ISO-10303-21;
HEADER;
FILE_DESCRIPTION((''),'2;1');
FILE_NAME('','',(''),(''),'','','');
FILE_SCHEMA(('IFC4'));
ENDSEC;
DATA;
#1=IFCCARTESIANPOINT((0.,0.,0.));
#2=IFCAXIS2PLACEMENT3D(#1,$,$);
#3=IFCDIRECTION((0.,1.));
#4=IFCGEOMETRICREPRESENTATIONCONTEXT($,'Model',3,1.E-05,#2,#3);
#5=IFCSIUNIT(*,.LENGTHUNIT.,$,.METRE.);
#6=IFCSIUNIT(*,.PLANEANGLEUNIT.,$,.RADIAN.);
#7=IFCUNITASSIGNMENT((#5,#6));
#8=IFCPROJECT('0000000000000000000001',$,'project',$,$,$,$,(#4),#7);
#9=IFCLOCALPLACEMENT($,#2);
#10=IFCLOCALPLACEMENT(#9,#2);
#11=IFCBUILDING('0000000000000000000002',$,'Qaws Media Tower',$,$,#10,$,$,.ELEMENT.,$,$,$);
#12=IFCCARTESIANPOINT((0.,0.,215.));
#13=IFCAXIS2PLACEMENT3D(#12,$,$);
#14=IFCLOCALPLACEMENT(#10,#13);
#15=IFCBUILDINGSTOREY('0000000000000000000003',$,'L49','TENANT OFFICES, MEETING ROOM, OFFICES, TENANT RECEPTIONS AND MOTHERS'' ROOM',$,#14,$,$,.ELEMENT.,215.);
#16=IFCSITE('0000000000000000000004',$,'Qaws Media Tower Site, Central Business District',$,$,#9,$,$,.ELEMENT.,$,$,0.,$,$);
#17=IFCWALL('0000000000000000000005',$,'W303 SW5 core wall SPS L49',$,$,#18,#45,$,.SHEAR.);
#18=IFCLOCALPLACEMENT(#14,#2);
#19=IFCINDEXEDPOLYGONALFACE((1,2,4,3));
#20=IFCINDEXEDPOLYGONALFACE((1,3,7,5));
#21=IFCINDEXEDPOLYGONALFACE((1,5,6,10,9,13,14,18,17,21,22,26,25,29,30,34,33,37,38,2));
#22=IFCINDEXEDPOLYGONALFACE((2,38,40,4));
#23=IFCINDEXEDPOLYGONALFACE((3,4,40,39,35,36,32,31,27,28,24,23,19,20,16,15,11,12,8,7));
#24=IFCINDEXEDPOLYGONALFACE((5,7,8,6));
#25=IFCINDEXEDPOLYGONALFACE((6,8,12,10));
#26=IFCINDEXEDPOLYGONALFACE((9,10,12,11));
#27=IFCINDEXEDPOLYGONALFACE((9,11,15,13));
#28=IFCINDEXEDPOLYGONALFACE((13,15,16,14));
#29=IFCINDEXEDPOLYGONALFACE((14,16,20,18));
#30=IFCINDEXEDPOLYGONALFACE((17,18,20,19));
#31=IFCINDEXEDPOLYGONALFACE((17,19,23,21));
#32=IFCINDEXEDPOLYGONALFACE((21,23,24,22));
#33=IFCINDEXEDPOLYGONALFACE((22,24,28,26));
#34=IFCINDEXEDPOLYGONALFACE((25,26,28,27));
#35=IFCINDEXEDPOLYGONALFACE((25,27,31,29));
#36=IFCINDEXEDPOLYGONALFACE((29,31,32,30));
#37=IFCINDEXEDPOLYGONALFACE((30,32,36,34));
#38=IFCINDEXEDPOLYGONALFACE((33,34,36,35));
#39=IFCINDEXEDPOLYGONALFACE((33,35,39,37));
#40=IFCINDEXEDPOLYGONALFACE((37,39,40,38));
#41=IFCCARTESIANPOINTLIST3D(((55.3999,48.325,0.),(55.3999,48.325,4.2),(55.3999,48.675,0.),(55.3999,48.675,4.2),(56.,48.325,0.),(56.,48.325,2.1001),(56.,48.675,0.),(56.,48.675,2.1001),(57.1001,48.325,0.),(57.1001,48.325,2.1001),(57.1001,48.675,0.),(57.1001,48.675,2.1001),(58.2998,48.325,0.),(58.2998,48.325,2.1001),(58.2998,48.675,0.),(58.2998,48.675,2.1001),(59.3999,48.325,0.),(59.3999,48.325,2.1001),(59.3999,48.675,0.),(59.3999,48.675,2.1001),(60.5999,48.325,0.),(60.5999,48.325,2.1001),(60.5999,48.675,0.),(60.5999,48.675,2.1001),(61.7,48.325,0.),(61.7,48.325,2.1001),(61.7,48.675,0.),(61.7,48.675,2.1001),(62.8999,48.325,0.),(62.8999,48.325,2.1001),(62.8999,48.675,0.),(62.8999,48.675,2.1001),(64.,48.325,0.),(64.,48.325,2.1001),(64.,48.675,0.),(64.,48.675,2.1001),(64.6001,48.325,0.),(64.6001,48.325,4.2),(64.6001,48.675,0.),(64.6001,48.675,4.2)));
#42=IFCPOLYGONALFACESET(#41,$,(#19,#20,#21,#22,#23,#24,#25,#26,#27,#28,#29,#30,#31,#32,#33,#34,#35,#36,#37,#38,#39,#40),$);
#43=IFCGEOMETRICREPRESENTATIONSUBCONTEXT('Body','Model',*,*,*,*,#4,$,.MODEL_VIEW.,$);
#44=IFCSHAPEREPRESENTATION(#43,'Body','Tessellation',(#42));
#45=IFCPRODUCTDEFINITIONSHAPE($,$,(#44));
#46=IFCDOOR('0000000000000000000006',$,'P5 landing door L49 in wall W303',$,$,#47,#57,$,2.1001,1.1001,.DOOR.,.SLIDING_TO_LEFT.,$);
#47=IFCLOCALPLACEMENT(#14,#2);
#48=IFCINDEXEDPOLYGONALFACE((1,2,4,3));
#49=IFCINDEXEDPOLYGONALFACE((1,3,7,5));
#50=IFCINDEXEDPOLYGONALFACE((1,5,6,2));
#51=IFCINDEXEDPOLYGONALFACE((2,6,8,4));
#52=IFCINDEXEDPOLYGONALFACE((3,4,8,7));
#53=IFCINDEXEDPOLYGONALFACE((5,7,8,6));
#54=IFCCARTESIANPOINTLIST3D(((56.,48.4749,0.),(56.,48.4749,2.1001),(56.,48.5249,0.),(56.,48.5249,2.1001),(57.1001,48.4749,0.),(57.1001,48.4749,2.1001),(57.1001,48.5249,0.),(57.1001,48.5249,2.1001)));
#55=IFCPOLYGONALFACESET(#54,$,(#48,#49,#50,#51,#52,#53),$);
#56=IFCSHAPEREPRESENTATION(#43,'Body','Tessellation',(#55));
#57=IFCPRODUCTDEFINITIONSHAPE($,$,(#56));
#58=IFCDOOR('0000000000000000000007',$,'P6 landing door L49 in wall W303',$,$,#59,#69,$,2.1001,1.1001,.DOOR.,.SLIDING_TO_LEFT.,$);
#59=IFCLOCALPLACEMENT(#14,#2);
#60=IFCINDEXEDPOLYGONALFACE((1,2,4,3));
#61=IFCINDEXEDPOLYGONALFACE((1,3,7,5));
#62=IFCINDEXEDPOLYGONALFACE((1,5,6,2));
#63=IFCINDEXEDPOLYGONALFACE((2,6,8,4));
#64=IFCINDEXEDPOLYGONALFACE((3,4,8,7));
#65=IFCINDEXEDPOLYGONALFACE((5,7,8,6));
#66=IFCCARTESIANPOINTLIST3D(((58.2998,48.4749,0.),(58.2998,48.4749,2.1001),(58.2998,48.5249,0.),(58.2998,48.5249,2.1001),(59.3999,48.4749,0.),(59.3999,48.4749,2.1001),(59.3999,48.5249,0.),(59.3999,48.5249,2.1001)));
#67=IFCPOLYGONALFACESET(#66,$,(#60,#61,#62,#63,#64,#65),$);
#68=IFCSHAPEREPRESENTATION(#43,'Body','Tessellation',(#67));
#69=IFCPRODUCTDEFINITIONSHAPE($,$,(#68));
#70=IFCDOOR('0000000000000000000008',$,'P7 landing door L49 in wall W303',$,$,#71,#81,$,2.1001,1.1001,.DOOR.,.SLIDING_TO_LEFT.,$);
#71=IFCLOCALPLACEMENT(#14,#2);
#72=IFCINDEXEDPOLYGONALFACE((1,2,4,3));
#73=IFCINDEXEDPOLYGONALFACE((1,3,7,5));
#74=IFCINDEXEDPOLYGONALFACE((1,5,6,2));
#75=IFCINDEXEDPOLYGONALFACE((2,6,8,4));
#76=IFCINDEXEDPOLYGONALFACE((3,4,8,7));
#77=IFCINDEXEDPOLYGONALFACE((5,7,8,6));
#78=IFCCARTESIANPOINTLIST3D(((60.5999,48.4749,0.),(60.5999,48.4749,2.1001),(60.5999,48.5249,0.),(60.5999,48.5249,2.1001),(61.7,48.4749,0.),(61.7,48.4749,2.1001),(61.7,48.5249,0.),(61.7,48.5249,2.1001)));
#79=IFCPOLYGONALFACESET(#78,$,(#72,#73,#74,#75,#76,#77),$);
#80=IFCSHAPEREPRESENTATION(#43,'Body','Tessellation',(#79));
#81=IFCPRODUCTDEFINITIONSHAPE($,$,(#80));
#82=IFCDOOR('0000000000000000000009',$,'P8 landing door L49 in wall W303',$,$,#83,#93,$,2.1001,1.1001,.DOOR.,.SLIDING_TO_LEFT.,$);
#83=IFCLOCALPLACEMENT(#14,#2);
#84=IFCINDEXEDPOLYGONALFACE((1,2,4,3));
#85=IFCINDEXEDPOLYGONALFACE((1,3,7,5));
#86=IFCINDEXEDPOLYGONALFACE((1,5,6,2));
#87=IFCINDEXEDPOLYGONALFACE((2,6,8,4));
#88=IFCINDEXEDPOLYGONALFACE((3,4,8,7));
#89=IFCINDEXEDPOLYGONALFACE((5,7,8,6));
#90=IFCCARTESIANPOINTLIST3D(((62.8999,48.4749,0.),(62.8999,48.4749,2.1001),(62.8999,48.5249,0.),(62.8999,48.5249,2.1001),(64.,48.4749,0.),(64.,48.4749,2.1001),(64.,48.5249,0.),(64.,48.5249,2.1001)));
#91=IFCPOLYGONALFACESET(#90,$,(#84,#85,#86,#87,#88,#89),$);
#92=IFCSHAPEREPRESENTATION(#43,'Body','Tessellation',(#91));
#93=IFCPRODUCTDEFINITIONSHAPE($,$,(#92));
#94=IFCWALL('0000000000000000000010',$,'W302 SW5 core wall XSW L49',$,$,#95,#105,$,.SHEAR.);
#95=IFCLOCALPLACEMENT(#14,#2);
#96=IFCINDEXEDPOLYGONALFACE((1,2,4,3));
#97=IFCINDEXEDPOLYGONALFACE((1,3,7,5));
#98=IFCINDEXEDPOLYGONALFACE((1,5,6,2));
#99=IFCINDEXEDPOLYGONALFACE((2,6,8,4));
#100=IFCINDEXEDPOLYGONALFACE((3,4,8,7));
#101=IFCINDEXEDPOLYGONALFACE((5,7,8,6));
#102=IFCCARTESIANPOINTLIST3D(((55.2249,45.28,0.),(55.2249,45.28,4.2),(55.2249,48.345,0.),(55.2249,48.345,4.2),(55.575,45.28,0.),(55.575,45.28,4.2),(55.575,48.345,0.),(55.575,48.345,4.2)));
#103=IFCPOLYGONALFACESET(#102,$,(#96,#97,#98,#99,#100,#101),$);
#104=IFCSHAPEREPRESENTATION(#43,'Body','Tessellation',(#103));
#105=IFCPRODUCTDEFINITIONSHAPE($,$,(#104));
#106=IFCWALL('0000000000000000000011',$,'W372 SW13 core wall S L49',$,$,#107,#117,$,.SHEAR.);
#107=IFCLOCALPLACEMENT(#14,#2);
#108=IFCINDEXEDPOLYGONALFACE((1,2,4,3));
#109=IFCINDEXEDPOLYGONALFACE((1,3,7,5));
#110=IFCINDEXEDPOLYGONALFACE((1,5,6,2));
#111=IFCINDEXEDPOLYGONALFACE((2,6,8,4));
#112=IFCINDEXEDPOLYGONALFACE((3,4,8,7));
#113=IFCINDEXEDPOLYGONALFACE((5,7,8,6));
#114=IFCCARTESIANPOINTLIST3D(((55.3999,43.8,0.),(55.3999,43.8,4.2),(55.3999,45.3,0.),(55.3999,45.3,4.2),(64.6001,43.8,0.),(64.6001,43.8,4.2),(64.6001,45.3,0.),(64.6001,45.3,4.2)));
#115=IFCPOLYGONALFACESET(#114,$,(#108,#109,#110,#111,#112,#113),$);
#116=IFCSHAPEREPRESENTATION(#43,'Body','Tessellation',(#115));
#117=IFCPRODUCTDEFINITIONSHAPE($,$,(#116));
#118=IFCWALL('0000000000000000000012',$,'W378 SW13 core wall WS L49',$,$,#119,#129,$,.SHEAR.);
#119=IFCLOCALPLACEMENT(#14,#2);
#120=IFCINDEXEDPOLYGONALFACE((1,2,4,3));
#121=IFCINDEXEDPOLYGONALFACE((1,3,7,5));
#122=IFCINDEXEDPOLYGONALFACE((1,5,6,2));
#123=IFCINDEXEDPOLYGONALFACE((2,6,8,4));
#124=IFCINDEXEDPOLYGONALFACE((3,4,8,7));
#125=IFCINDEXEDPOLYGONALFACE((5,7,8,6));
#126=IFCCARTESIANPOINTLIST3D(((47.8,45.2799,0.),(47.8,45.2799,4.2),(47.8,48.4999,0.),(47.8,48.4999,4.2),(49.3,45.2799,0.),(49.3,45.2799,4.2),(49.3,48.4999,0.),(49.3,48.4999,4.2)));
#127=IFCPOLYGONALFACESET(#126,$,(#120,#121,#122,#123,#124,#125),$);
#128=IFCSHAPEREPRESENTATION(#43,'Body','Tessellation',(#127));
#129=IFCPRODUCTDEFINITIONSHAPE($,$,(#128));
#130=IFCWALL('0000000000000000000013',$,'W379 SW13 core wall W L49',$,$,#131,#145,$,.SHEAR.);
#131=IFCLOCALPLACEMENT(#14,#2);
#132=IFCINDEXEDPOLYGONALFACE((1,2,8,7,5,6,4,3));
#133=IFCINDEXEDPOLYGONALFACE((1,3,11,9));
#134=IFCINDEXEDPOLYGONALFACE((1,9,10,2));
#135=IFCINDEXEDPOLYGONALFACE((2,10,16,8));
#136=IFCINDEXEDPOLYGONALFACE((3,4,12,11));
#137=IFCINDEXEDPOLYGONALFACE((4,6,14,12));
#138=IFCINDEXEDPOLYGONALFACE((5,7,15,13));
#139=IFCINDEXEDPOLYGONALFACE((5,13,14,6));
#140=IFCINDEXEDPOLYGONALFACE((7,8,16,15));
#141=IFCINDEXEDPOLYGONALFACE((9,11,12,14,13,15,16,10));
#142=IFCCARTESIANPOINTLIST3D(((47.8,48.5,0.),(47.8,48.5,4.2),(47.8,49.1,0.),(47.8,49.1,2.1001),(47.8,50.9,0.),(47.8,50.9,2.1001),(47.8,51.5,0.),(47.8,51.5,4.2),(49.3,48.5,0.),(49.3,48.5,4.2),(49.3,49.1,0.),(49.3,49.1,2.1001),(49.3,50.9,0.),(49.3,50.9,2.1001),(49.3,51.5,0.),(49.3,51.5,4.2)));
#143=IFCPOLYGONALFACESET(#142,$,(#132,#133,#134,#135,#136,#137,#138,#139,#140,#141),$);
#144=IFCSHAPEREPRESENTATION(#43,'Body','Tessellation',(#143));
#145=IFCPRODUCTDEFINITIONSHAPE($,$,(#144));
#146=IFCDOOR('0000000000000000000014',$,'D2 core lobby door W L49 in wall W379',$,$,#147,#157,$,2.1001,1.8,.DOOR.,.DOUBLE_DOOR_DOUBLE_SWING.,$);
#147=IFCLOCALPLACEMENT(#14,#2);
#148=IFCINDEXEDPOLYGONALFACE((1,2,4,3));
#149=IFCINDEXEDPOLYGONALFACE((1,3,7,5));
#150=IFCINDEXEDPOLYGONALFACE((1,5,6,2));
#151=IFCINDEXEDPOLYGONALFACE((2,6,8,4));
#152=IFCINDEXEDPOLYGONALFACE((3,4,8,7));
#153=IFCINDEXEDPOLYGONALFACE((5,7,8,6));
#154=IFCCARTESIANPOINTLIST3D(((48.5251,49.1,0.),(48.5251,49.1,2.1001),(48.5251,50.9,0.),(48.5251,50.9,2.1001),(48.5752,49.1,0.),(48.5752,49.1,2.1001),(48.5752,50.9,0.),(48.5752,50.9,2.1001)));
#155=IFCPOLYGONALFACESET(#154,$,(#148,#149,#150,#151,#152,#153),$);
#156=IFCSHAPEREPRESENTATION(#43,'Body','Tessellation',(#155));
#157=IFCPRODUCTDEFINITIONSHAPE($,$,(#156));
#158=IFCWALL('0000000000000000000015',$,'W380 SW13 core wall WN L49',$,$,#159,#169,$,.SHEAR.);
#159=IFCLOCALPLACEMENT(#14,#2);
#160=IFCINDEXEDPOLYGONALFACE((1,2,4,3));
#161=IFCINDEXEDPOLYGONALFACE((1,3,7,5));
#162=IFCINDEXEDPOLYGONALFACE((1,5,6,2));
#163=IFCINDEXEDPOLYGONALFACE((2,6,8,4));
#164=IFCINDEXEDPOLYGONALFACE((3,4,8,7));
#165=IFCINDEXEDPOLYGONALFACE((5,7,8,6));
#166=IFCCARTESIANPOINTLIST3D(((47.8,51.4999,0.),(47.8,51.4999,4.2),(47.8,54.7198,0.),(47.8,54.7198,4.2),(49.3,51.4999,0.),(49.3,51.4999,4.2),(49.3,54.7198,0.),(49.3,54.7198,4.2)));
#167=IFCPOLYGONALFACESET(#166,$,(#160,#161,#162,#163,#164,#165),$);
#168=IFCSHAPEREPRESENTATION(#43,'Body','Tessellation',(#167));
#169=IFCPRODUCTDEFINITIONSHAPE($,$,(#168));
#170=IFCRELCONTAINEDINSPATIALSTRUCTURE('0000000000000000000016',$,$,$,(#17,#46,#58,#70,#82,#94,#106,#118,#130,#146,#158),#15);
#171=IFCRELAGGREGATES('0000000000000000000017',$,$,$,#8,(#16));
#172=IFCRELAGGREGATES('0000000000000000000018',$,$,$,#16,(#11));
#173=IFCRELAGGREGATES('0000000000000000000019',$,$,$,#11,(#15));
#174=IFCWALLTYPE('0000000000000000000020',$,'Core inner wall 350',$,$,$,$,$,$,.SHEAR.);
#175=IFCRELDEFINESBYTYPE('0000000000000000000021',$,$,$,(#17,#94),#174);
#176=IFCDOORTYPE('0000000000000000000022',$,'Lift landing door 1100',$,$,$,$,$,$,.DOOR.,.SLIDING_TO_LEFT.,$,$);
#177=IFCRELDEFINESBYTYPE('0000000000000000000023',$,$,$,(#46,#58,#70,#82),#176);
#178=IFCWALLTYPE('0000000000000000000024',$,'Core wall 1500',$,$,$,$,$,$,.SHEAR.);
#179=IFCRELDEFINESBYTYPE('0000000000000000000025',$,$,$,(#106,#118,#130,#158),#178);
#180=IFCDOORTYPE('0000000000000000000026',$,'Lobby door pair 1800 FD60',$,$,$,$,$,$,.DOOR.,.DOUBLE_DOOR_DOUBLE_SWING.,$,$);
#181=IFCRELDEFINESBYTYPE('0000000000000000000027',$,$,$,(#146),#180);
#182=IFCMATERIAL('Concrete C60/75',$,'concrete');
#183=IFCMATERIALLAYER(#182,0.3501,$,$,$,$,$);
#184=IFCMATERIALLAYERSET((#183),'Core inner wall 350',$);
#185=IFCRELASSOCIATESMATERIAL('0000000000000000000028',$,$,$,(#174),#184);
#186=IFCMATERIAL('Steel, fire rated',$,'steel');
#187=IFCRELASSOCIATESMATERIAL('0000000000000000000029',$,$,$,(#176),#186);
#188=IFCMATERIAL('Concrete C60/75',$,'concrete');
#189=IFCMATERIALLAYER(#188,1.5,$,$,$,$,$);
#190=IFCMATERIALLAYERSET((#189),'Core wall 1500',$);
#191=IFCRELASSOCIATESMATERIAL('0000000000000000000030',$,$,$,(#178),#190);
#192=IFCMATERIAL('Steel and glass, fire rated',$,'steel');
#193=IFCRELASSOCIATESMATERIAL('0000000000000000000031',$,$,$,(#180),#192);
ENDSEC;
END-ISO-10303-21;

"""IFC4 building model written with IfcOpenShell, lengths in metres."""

from ifc_helpers import new_model, si_unit, direction, frame, frame_2d, origin, place, context, subcontext, project, spatial, rectangle, extrude, material, layer, layer_set, type_object, element, fill, save


model = new_model("IFC4")

# Units and contexts
model_context = context("Model", 3, precision=1e-05, world=origin(), true_north=direction((0.0, 1.0)))
body_context = subcontext(model_context, "Body", "Model", "MODEL_VIEW")
ifc_project = project(units=[si_unit("LENGTHUNIT", "METRE"), si_unit("PLANEANGLEUNIT", "RADIAN")], contexts=[model_context])

# Site, building, storey
site_placement = place(None, origin())
site = spatial("IfcSite", under=ifc_project, at=site_placement, Name="Qaws Media Tower Site, Central Business District", CompositionType="ELEMENT", RefElevation=0.0)
building_placement = place(site_placement, origin())
building = spatial("IfcBuilding", under=site, at=building_placement, Name="Qaws Media Tower", CompositionType="ELEMENT")
storey_placement = place(building_placement, frame((0.0, 0.0, 215.0)))
storey = spatial("IfcBuildingStorey", under=building, at=storey_placement, Name="L49", Description="TENANT OFFICES, MEETING ROOM, OFFICES, TENANT RECEPTIONS AND MOTHERS' ROOM", CompositionType="ELEMENT", Elevation=215.0)

# Wall, openings, doors
ifc_material_1 = material(Name="Concrete C60/75", Category="concrete")
ifc_layer_1 = layer(ifc_material_1, 0.3501)
ifc_layer_set_1 = layer_set([ifc_layer_1], Name="Core inner wall 350")
wall_type_1 = type_object("IfcWallType", Name="Core inner wall 350", PredefinedType="SHEAR", material=ifc_layer_set_1)
wall_1_placement = place(storey_placement, frame((55.3999, 48.5, 0.0), z_axis=(0.0, 0.0, 1.0), x_axis=(1.0, 0.0, 0.0)))
wall_1 = element("IfcWall", 1, at=wall_1_placement, inside=storey, type_object=wall_type_1, Name="W303 SW5 core wall SPS L49", PredefinedType="SHEAR", context=body_context, shape_type="SweptSolid", body=[
    extrude(rectangle(XDim=9.2002, YDim=0.3501, at=frame_2d((4.6001, 0.0))), origin(), (0.0, 0.0, 1.0), 4.2),
])
opening_1_placement = place(wall_1_placement, frame((0.6001, 0.0, 0.0)))
opening_1 = element("IfcOpeningElement", 2, at=opening_1_placement, cuts=wall_1, PredefinedType="OPENING", context=body_context, shape_type="SweptSolid", body=[
    extrude(rectangle(XDim=1.1001, YDim=2.1001, at=frame_2d((0.55, 1.05))), frame((0.0, 0.1851, 0.0), z_axis=(0.0, -1.0, 0.0), x_axis=(1.0, 0.0, 0.0)), (0.0, 0.0, 1.0), 0.3701),
])
opening_2_placement = place(wall_1_placement, frame((2.8999, 0.0, 0.0)))
opening_2 = element("IfcOpeningElement", 3, at=opening_2_placement, cuts=wall_1, PredefinedType="OPENING", context=body_context, shape_type="SweptSolid", body=[
    extrude(rectangle(XDim=1.1001, YDim=2.1001, at=frame_2d((0.55, 1.05))), frame((0.0, 0.1851, 0.0), z_axis=(0.0, -1.0, 0.0), x_axis=(1.0, 0.0, 0.0)), (0.0, 0.0, 1.0), 0.3701),
])
opening_3_placement = place(wall_1_placement, frame((5.2, 0.0, 0.0)))
opening_3 = element("IfcOpeningElement", 4, at=opening_3_placement, cuts=wall_1, PredefinedType="OPENING", context=body_context, shape_type="SweptSolid", body=[
    extrude(rectangle(XDim=1.1001, YDim=2.1001, at=frame_2d((0.55, 1.05))), frame((0.0, 0.1851, 0.0), z_axis=(0.0, -1.0, 0.0), x_axis=(1.0, 0.0, 0.0)), (0.0, 0.0, 1.0), 0.3701),
])
opening_4_placement = place(wall_1_placement, frame((7.5, 0.0, 0.0)))
opening_4 = element("IfcOpeningElement", 5, at=opening_4_placement, cuts=wall_1, PredefinedType="OPENING", context=body_context, shape_type="SweptSolid", body=[
    extrude(rectangle(XDim=1.1001, YDim=2.1001, at=frame_2d((0.55, 1.05))), frame((0.0, 0.1851, 0.0), z_axis=(0.0, -1.0, 0.0), x_axis=(1.0, 0.0, 0.0)), (0.0, 0.0, 1.0), 0.3701),
])
ifc_material_2 = material(Name="Steel, fire rated", Category="steel")
door_type_1 = type_object("IfcDoorType", Name="Lift landing door 1100", OperationType="SLIDING_TO_LEFT", PredefinedType="DOOR", material=ifc_material_2)
door_1_placement = place(opening_1_placement, origin())
door_1 = element("IfcDoor", 6, at=door_1_placement, inside=storey, type_object=door_type_1, Name="P5 landing door L49 in wall W303", OperationType="SLIDING_TO_LEFT", OverallHeight=2.1001, OverallWidth=1.1001, PredefinedType="DOOR", context=body_context, shape_type="SweptSolid", body=[
    extrude(rectangle(XDim=1.1001, YDim=2.1001, at=frame_2d((0.55, 1.05))), frame((0.0, 0.0249, 0.0), z_axis=(0.0, -1.0, 0.0), x_axis=(1.0, 0.0, 0.0)), (0.0, 0.0, 1.0), 0.05),
])
fill(opening_1, door_1)
door_2_placement = place(opening_2_placement, origin())
door_2 = element("IfcDoor", 7, at=door_2_placement, inside=storey, type_object=door_type_1, Name="P6 landing door L49 in wall W303", OperationType="SLIDING_TO_LEFT", OverallHeight=2.1001, OverallWidth=1.1001, PredefinedType="DOOR", context=body_context, shape_type="SweptSolid", body=[
    extrude(rectangle(XDim=1.1001, YDim=2.1001, at=frame_2d((0.55, 1.05))), frame((0.0, 0.0249, 0.0), z_axis=(0.0, -1.0, 0.0), x_axis=(1.0, 0.0, 0.0)), (0.0, 0.0, 1.0), 0.05),
])
fill(opening_2, door_2)
door_3_placement = place(opening_3_placement, origin())
door_3 = element("IfcDoor", 8, at=door_3_placement, inside=storey, type_object=door_type_1, Name="P7 landing door L49 in wall W303", OperationType="SLIDING_TO_LEFT", OverallHeight=2.1001, OverallWidth=1.1001, PredefinedType="DOOR", context=body_context, shape_type="SweptSolid", body=[
    extrude(rectangle(XDim=1.1001, YDim=2.1001, at=frame_2d((0.55, 1.05))), frame((0.0, 0.0249, 0.0), z_axis=(0.0, -1.0, 0.0), x_axis=(1.0, 0.0, 0.0)), (0.0, 0.0, 1.0), 0.05),
])
fill(opening_3, door_3)
door_4_placement = place(opening_4_placement, origin())
door_4 = element("IfcDoor", 9, at=door_4_placement, inside=storey, type_object=door_type_1, Name="P8 landing door L49 in wall W303", OperationType="SLIDING_TO_LEFT", OverallHeight=2.1001, OverallWidth=1.1001, PredefinedType="DOOR", context=body_context, shape_type="SweptSolid", body=[
    extrude(rectangle(XDim=1.1001, YDim=2.1001, at=frame_2d((0.55, 1.05))), frame((0.0, 0.0249, 0.0), z_axis=(0.0, -1.0, 0.0), x_axis=(1.0, 0.0, 0.0)), (0.0, 0.0, 1.0), 0.05),
])
fill(opening_4, door_4)

# Walls
wall_2_placement = place(storey_placement, frame((55.3999, 48.345, 0.0), z_axis=(0.0, 0.0, 1.0), x_axis=(0.0, -1.0, 0.0)))
element("IfcWall", 10, at=wall_2_placement, inside=storey, type_object=wall_type_1, Name="W302 SW5 core wall XSW L49", PredefinedType="SHEAR", context=body_context, shape_type="SweptSolid", body=[
    extrude(rectangle(XDim=3.0649, YDim=0.3501, at=frame_2d((1.5325, 0.0))), origin(), (0.0, 0.0, 1.0), 4.2),
])
ifc_material_3 = material(Name="Concrete C60/75", Category="concrete")
ifc_layer_2 = layer(ifc_material_3, 1.5)
ifc_layer_set_2 = layer_set([ifc_layer_2], Name="Core wall 1500")
wall_type_2 = type_object("IfcWallType", Name="Core wall 1500", PredefinedType="SHEAR", material=ifc_layer_set_2)
wall_3_placement = place(storey_placement, frame((55.3999, 44.55, 0.0), z_axis=(0.0, 0.0, 1.0), x_axis=(1.0, 0.0, 0.0)))
element("IfcWall", 11, at=wall_3_placement, inside=storey, type_object=wall_type_2, Name="W372 SW13 core wall S L49", PredefinedType="SHEAR", context=body_context, shape_type="SweptSolid", body=[
    extrude(rectangle(XDim=9.2002, YDim=1.5, at=frame_2d((4.6001, 0.0))), origin(), (0.0, 0.0, 1.0), 4.2),
])
wall_4_placement = place(storey_placement, frame((48.55, 45.28, 0.0), z_axis=(0.0, 0.0, 1.0), x_axis=(0.0, 1.0, 0.0)))
element("IfcWall", 12, at=wall_4_placement, inside=storey, type_object=wall_type_2, Name="W378 SW13 core wall WS L49", PredefinedType="SHEAR", context=body_context, shape_type="SweptSolid", body=[
    extrude(rectangle(XDim=3.22, YDim=1.5, at=frame_2d((1.6099, 0.0))), origin(), (0.0, 0.0, 1.0), 4.2),
])

# Wall, opening, door
wall_5_placement = place(storey_placement, frame((48.55, 48.5, 0.0), z_axis=(0.0, 0.0, 1.0), x_axis=(0.0, 1.0, 0.0)))
wall_5 = element("IfcWall", 13, at=wall_5_placement, inside=storey, type_object=wall_type_2, Name="W379 SW13 core wall W L49", PredefinedType="SHEAR", context=body_context, shape_type="SweptSolid", body=[
    extrude(rectangle(XDim=3.0, YDim=1.5, at=frame_2d((1.5, 0.0))), origin(), (0.0, 0.0, 1.0), 4.2),
])
opening_5_placement = place(wall_5_placement, frame((0.6001, 0.0, 0.0)))
opening_5 = element("IfcOpeningElement", 14, at=opening_5_placement, cuts=wall_5, PredefinedType="OPENING", context=body_context, shape_type="SweptSolid", body=[
    extrude(rectangle(XDim=1.8, YDim=2.1001, at=frame_2d((0.8999, 1.05))), frame((0.0, 0.76, 0.0), z_axis=(0.0, -1.0, 0.0), x_axis=(1.0, 0.0, 0.0)), (0.0, 0.0, 1.0), 1.52),
])
ifc_material_4 = material(Name="Steel and glass, fire rated", Category="steel")
door_type_2 = type_object("IfcDoorType", Name="Lobby door pair 1800 FD60", OperationType="DOUBLE_DOOR_DOUBLE_SWING", PredefinedType="DOOR", material=ifc_material_4)
door_5_placement = place(opening_5_placement, origin())
door_5 = element("IfcDoor", 15, at=door_5_placement, inside=storey, type_object=door_type_2, Name="D2 core lobby door W L49 in wall W379", OperationType="DOUBLE_DOOR_DOUBLE_SWING", OverallHeight=2.1001, OverallWidth=1.8, PredefinedType="DOOR", context=body_context, shape_type="SweptSolid", body=[
    extrude(rectangle(XDim=1.8, YDim=2.1001, at=frame_2d((0.8999, 1.05))), frame((0.0, 0.0249, 0.0), z_axis=(0.0, -1.0, 0.0), x_axis=(1.0, 0.0, 0.0)), (0.0, 0.0, 1.0), 0.05),
])
fill(opening_5, door_5)

# Wall
wall_6_placement = place(storey_placement, frame((48.55, 51.5, 0.0), z_axis=(0.0, 0.0, 1.0), x_axis=(0.0, 1.0, 0.0)))
element("IfcWall", 16, at=wall_6_placement, inside=storey, type_object=wall_type_2, Name="W380 SW13 core wall WN L49", PredefinedType="SHEAR", context=body_context, shape_type="SweptSolid", body=[
    extrude(rectangle(XDim=3.22, YDim=1.5, at=frame_2d((1.6099, 0.0))), origin(), (0.0, 0.0, 1.0), 4.2),
])

save(model, "model.ifc")
